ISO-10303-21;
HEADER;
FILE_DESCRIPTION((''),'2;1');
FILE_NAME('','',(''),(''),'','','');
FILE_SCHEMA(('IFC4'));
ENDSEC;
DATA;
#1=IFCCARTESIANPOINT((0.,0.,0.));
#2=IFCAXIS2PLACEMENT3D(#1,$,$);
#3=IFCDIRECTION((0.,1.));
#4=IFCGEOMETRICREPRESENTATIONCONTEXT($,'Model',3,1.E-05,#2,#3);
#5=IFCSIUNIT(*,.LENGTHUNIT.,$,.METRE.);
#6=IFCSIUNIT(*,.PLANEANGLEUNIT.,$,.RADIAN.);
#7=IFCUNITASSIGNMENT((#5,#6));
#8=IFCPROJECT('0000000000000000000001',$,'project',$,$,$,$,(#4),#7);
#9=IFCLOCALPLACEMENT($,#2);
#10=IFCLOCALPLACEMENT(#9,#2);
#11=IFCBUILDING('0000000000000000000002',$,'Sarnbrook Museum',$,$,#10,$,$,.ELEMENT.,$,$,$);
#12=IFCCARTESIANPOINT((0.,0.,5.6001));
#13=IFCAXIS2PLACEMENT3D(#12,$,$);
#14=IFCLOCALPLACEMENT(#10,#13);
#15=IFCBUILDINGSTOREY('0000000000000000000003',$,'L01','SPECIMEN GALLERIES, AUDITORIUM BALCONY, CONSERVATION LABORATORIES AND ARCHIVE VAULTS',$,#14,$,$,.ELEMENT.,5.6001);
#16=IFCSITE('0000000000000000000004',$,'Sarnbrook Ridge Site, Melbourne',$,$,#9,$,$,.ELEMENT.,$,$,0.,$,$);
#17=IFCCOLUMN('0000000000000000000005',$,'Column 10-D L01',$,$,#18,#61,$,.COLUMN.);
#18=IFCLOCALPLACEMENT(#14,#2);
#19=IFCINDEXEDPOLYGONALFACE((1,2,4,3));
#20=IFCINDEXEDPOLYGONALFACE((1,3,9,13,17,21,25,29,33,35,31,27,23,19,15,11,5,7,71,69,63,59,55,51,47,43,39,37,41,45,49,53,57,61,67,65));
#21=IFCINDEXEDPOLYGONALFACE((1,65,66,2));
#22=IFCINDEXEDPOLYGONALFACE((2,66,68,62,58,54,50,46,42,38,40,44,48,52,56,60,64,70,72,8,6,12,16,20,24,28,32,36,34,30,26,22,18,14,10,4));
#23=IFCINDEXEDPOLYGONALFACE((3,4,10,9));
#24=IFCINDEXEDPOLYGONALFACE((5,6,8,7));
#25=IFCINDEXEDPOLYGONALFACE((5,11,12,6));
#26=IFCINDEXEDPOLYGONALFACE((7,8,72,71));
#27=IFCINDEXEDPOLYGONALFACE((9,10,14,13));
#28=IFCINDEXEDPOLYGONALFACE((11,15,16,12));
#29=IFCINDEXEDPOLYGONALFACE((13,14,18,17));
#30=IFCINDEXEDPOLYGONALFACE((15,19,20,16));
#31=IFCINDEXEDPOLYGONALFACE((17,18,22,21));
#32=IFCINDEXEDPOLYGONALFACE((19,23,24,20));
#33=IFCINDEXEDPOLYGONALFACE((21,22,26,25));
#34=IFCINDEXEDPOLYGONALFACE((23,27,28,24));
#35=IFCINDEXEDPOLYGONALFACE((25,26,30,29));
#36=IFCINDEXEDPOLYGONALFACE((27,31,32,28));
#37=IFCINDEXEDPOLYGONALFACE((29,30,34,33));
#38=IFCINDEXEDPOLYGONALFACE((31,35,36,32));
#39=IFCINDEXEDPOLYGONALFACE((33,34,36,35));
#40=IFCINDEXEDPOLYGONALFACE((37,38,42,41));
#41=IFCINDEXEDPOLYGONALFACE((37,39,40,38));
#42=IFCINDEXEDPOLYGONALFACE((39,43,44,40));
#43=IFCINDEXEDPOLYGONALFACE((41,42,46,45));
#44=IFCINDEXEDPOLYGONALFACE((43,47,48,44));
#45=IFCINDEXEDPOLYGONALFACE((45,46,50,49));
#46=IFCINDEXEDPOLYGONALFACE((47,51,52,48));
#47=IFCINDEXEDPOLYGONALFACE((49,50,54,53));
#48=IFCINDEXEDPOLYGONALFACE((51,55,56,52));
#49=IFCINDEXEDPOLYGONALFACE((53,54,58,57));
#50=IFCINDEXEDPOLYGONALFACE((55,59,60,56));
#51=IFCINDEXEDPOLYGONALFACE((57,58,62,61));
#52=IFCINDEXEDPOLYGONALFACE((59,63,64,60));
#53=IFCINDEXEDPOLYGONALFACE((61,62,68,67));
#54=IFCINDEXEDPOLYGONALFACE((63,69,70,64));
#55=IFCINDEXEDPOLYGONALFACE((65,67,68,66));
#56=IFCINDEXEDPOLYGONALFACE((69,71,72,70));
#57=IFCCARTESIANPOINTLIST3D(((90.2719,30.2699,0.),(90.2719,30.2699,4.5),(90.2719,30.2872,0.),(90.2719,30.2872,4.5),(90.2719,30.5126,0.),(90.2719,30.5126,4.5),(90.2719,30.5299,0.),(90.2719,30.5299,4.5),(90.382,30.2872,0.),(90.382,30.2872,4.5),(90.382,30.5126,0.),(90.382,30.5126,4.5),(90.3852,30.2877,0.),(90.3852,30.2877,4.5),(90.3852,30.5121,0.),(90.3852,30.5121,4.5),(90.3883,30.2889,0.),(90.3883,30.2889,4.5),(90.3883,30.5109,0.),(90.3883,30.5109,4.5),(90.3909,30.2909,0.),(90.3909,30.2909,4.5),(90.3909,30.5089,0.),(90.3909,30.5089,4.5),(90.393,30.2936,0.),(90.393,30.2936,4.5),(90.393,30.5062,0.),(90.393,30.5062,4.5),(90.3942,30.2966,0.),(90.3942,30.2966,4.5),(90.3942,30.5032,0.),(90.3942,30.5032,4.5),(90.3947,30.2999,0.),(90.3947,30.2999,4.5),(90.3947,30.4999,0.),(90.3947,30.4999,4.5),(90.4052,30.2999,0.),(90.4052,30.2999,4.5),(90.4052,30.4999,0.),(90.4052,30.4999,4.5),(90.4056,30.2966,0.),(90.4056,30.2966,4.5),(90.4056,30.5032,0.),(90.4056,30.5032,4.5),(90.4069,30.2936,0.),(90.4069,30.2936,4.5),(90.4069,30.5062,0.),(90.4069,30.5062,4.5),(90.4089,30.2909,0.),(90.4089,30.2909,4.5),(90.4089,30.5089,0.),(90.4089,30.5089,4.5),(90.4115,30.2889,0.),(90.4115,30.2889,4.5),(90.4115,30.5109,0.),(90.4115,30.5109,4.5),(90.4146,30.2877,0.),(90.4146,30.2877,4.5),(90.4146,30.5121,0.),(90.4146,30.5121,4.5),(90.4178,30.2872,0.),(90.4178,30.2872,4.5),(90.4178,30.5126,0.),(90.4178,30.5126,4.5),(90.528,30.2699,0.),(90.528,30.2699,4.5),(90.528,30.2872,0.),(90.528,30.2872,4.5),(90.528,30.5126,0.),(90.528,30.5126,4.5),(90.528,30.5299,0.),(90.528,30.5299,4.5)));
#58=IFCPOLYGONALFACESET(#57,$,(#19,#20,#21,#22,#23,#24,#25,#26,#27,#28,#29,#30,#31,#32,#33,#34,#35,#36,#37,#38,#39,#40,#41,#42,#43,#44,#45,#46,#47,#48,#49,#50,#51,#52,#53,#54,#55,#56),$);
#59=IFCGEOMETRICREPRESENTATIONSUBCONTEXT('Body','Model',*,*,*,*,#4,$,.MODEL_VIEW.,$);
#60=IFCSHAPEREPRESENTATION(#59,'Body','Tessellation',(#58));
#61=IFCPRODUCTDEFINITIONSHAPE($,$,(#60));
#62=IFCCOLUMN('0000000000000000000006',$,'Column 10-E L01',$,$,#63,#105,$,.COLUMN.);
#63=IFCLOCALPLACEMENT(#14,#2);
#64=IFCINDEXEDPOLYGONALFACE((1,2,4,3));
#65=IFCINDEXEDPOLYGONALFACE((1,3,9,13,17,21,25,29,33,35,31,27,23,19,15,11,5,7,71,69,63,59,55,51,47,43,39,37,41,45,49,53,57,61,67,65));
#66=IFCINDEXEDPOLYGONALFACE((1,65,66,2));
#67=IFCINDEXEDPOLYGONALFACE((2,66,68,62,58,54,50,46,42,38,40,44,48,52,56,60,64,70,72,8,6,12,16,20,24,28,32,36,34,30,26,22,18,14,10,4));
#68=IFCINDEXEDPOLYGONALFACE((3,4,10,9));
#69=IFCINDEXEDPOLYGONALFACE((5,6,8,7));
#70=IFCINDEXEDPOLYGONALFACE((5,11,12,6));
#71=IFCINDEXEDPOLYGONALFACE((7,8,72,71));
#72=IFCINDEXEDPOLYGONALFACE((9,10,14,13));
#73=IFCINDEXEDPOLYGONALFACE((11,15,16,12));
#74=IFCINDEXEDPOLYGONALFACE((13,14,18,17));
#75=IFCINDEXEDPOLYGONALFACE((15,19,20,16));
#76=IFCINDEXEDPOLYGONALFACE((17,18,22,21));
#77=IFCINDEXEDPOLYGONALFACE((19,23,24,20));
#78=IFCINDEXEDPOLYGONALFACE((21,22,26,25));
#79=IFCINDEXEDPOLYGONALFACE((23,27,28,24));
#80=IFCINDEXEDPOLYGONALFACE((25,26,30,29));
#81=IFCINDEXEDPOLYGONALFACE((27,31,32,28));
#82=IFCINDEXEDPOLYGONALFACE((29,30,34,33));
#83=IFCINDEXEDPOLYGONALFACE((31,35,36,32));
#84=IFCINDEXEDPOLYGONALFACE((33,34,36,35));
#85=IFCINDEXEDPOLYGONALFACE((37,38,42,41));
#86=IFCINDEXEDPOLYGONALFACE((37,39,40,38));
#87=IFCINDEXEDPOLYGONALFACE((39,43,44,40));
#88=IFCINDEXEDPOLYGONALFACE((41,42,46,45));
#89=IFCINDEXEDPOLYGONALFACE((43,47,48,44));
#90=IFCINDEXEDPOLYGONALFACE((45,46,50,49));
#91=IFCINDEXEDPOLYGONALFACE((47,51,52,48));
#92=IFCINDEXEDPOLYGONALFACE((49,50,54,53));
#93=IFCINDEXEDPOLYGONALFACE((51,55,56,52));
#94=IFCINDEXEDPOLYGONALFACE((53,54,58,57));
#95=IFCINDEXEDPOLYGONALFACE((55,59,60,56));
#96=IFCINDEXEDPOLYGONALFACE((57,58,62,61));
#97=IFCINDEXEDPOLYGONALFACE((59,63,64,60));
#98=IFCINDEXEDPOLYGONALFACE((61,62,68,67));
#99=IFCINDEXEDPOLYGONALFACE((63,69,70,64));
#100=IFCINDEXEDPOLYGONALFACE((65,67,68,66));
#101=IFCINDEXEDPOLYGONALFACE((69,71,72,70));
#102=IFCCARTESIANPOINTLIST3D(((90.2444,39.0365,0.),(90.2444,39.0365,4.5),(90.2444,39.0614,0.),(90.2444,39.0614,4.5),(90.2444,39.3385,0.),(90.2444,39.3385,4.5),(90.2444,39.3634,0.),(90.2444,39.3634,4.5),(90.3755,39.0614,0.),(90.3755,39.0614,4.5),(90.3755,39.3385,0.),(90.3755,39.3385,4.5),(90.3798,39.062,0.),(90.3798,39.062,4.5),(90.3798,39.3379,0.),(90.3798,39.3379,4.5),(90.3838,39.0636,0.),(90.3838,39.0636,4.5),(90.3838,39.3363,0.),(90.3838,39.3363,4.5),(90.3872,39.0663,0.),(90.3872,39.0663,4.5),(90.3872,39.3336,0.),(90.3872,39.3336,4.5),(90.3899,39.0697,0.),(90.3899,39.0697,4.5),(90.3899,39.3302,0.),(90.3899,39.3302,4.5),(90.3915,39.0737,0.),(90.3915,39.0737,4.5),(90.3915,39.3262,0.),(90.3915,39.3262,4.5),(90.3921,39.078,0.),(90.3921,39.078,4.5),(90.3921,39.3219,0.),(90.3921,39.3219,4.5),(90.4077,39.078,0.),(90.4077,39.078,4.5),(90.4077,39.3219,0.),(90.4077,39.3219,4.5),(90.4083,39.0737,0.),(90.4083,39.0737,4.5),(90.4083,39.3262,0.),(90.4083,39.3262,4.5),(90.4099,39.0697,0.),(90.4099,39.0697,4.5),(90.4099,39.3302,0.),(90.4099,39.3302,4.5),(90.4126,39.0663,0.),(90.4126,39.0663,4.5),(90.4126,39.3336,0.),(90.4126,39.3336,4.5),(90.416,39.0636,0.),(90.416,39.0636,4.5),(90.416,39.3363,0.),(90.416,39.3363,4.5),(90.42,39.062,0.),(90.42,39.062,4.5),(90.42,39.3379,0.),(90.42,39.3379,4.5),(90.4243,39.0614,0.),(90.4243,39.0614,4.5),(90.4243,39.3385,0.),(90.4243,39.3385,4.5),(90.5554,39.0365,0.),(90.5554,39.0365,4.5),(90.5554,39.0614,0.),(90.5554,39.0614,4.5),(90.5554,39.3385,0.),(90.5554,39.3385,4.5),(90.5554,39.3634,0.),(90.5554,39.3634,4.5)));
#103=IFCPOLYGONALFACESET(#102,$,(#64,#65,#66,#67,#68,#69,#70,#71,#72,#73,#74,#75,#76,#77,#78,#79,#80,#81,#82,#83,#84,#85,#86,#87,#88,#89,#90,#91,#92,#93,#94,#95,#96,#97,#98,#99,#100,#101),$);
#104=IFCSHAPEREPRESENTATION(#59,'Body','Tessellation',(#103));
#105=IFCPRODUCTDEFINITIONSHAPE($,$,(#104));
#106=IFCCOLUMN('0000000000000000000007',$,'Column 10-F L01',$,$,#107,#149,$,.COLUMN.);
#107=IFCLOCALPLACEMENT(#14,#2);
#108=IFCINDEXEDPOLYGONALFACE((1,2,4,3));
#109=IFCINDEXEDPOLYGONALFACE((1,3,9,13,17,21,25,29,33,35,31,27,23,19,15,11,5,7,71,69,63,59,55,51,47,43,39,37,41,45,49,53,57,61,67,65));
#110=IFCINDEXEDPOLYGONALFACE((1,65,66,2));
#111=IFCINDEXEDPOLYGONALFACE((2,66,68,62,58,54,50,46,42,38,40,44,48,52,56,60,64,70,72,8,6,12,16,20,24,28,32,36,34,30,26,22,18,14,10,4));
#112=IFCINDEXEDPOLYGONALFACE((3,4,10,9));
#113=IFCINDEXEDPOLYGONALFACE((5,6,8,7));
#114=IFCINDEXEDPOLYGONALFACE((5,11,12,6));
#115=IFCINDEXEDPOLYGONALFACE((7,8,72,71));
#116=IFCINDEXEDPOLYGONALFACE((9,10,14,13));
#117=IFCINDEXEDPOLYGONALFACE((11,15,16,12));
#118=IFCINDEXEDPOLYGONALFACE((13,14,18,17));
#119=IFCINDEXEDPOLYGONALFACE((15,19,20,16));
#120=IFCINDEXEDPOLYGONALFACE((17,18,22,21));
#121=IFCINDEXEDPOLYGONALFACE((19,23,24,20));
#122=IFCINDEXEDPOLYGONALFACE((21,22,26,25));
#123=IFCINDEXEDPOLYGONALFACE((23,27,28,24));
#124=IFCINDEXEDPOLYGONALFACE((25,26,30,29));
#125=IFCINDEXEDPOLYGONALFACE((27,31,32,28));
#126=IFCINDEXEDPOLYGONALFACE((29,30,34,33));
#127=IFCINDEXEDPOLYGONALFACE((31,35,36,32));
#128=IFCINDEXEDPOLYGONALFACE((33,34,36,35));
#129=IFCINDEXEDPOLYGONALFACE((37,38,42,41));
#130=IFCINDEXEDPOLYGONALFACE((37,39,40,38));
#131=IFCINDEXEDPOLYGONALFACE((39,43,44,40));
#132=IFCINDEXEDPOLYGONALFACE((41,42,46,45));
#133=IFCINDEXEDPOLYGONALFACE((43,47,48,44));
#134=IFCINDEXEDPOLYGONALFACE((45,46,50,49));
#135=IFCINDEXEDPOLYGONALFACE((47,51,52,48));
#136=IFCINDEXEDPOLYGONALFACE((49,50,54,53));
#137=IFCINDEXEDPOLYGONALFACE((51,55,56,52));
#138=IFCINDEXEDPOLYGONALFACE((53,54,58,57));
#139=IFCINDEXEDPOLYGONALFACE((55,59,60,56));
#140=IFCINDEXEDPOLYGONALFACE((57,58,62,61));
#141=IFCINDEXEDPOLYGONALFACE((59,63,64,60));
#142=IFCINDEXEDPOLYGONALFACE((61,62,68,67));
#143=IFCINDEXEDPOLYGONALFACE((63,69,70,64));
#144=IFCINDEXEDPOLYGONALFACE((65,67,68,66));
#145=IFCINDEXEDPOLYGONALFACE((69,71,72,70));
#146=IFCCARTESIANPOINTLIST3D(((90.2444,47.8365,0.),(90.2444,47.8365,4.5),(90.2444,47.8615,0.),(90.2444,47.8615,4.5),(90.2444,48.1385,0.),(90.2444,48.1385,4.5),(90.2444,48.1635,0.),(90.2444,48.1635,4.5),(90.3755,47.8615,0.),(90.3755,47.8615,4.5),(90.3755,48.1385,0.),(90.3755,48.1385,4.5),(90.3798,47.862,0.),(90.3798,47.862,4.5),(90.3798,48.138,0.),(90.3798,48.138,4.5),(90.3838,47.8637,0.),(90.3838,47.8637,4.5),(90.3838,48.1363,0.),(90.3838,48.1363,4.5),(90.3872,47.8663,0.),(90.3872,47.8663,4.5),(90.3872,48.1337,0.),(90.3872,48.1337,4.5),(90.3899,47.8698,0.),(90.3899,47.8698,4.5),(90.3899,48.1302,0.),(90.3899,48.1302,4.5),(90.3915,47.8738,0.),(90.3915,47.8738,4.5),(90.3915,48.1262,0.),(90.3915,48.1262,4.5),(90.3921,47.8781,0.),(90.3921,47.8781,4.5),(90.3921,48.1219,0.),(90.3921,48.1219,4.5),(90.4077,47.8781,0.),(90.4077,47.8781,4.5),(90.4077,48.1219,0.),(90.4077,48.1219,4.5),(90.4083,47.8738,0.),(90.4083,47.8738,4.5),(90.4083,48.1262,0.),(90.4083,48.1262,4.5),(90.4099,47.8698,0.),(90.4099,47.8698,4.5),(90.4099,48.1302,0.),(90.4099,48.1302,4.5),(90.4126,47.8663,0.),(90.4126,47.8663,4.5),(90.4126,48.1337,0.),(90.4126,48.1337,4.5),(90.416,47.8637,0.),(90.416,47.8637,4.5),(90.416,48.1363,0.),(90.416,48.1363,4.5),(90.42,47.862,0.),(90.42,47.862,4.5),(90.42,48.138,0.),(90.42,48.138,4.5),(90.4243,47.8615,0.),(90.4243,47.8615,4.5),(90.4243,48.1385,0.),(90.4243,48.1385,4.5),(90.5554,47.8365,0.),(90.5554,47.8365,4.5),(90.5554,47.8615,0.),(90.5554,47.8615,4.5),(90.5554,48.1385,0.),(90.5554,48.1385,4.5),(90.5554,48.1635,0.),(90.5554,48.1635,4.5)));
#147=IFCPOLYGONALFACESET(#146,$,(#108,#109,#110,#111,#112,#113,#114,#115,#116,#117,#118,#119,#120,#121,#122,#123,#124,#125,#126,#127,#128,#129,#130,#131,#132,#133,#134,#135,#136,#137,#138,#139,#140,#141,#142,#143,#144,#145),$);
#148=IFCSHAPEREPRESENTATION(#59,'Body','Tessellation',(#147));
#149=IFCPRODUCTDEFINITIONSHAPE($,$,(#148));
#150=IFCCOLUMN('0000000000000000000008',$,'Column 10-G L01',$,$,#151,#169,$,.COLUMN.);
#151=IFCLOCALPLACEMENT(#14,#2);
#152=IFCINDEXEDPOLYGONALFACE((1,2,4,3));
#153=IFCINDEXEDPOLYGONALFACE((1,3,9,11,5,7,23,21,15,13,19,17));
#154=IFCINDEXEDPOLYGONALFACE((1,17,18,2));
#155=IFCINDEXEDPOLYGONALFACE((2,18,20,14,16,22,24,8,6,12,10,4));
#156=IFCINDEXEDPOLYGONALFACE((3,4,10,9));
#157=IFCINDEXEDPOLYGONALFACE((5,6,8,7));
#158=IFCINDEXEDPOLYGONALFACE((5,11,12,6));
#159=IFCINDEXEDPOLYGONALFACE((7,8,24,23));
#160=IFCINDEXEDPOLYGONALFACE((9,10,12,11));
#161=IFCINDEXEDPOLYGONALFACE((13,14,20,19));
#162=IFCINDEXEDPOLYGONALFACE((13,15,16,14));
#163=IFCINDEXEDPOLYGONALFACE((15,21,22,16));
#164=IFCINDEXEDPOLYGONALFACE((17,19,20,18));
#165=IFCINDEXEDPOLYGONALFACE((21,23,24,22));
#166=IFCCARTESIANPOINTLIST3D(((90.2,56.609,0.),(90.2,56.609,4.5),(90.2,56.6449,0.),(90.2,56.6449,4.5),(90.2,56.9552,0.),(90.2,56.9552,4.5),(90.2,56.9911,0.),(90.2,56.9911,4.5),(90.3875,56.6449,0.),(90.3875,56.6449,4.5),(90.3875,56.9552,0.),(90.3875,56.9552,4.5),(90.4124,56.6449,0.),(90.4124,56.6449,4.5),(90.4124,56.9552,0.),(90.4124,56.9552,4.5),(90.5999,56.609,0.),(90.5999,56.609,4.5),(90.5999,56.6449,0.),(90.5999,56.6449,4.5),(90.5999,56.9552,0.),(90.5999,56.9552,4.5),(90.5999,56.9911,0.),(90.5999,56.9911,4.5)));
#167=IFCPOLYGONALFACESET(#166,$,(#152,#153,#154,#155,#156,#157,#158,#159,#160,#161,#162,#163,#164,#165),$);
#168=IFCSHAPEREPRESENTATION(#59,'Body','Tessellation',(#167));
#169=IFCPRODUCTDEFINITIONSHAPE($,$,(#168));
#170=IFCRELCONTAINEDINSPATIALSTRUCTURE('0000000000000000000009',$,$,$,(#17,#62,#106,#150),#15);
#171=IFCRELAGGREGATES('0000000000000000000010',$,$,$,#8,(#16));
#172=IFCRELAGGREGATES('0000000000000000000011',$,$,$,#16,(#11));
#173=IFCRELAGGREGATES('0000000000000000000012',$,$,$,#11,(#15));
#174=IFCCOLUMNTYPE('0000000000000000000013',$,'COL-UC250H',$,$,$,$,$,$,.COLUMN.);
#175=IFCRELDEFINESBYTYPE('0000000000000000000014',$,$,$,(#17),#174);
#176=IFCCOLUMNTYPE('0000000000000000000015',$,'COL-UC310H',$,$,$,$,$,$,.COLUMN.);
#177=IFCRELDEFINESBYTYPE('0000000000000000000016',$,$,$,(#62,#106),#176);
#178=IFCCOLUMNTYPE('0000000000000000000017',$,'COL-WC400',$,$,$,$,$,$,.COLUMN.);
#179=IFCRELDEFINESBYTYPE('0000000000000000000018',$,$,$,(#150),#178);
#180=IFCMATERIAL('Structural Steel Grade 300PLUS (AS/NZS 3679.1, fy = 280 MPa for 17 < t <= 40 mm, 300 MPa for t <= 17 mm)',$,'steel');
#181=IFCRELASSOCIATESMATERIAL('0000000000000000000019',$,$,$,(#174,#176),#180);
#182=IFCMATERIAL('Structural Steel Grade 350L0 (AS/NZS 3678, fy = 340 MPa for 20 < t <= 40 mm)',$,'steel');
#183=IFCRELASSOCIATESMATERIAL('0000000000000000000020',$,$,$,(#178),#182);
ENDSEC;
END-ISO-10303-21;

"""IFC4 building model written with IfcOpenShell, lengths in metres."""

from ifc_helpers import new_model, si_unit, direction, frame, origin, origin_2d, place, context, subcontext, project, spatial, i_section, extrude, material, material_profile, profile_set, type_object, element, save


model = new_model("IFC4")

# Units and contexts
model_context = context("Model", 3, precision=1e-05, world=origin(), true_north=direction((0.0, 1.0)))
body_context = subcontext(model_context, "Body", "Model", "MODEL_VIEW")
ifc_project = project(units=[si_unit("LENGTHUNIT", "METRE"), si_unit("PLANEANGLEUNIT", "RADIAN")], contexts=[model_context])

# Site, building, storey
site_placement = place(None, origin())
site = spatial("IfcSite", under=ifc_project, at=site_placement, Name="Sarnbrook Ridge Site, Melbourne", CompositionType="ELEMENT", RefElevation=0.0)
building_placement = place(site_placement, origin())
building = spatial("IfcBuilding", under=site, at=building_placement, Name="Sarnbrook Museum", CompositionType="ELEMENT")
storey_placement = place(building_placement, frame((0.0, 0.0, 5.6001)))
storey = spatial("IfcBuildingStorey", under=building, at=storey_placement, Name="L01", Description="SPECIMEN GALLERIES, AUDITORIUM BALCONY, CONSERVATION LABORATORIES AND ARCHIVE VAULTS", CompositionType="ELEMENT", Elevation=5.6001)

# Columns
ifc_material_1 = material(Name="Structural Steel Grade 300PLUS (AS/NZS 3679.1, fy = 280 MPa for 17 < t <= 40 mm, 300 MPa for t <= 17 mm)", Category="steel")
ifc_material_profile_1 = material_profile(ifc_material_1, i_section(OverallWidth=0.2561, OverallDepth=0.26, WebThickness=0.0105, FlangeThickness=0.0173, FilletRadius=0.0127, at=origin_2d()), Name="250UC89.5")
ifc_profile_set_1 = profile_set([ifc_material_profile_1], Name="Structural Steel Grade 300PLUS (AS/NZS 3679.1, fy = 280 MPa for 17 < t <= 40 mm, 300 MPa for t <= 17 mm)")
column_type_1 = type_object("IfcColumnType", Name="COL-UC250H", PredefinedType="COLUMN", material=ifc_profile_set_1)
column_1_placement = place(storey_placement, frame((90.3999, 30.3999, 0.0), z_axis=(0.0, 0.0, 1.0), x_axis=(1.0, 0.0, 0.0)))
element("IfcColumn", 1, at=column_1_placement, inside=storey, type_object=column_type_1, Name="Column 10-D L01", PredefinedType="COLUMN", context=body_context, shape_type="SweptSolid", body=[
    extrude(i_section(OverallWidth=0.2561, OverallDepth=0.26, WebThickness=0.0105, FlangeThickness=0.0173, FilletRadius=0.0127, at=origin_2d()), origin(), (0.0, 0.0, 1.0), 4.5),
])
ifc_material_profile_2 = material_profile(ifc_material_1, i_section(OverallWidth=0.311, OverallDepth=0.3269, WebThickness=0.0156, FlangeThickness=0.0249, FilletRadius=0.0166, at=origin_2d()), Name="310UC158")
ifc_profile_set_2 = profile_set([ifc_material_profile_2], Name="Structural Steel Grade 300PLUS (AS/NZS 3679.1, fy = 280 MPa for 17 < t <= 40 mm, 300 MPa for t <= 17 mm)")
column_type_2 = type_object("IfcColumnType", Name="COL-UC310H", PredefinedType="COLUMN", material=ifc_profile_set_2)
for number, where, z_axis, x_axis, name in (
    (2, (90.3999, 39.2, 0.0), (0.0, 0.0, 1.0), (1.0, 0.0, 0.0), "Column 10-E L01"),
    (3, (90.3999, 48.0, 0.0), (0.0, 0.0, 1.0), (1.0, 0.0, 0.0), "Column 10-F L01"),
):
    element("IfcColumn", number, at=place(storey_placement, frame(where, z_axis=z_axis, x_axis=x_axis)), inside=storey, type_object=column_type_2, Name=name, PredefinedType="COLUMN", context=body_context, shape_type="SweptSolid", body=[
        extrude(i_section(OverallWidth=0.311, OverallDepth=0.3269, WebThickness=0.0156, FlangeThickness=0.0249, FilletRadius=0.0166, at=origin_2d()), origin(), (0.0, 0.0, 1.0), 4.5),
    ])
ifc_material_2 = material(Name="Structural Steel Grade 350L0 (AS/NZS 3678, fy = 340 MPa for 20 < t <= 40 mm)", Category="steel")
ifc_material_profile_3 = material_profile(ifc_material_2, i_section(OverallWidth=0.3999, OverallDepth=0.3821, WebThickness=0.0249, FlangeThickness=0.0359, at=origin_2d()), Name="400WC270")
ifc_profile_set_3 = profile_set([ifc_material_profile_3], Name="Structural Steel Grade 350L0 (AS/NZS 3678, fy = 340 MPa for 20 < t <= 40 mm)")
column_type_3 = type_object("IfcColumnType", Name="COL-WC400", PredefinedType="COLUMN", material=ifc_profile_set_3)
column_2_placement = place(storey_placement, frame((90.3999, 56.8, 0.0), z_axis=(0.0, 0.0, 1.0), x_axis=(1.0, 0.0, 0.0)))
element("IfcColumn", 4, at=column_2_placement, inside=storey, type_object=column_type_3, Name="Column 10-G L01", PredefinedType="COLUMN", context=body_context, shape_type="SweptSolid", body=[
    extrude(i_section(OverallWidth=0.3999, OverallDepth=0.3821, WebThickness=0.0249, FlangeThickness=0.0359, at=origin_2d()), origin(), (0.0, 0.0, 1.0), 4.5),
])

save(model, "model.ifc")
